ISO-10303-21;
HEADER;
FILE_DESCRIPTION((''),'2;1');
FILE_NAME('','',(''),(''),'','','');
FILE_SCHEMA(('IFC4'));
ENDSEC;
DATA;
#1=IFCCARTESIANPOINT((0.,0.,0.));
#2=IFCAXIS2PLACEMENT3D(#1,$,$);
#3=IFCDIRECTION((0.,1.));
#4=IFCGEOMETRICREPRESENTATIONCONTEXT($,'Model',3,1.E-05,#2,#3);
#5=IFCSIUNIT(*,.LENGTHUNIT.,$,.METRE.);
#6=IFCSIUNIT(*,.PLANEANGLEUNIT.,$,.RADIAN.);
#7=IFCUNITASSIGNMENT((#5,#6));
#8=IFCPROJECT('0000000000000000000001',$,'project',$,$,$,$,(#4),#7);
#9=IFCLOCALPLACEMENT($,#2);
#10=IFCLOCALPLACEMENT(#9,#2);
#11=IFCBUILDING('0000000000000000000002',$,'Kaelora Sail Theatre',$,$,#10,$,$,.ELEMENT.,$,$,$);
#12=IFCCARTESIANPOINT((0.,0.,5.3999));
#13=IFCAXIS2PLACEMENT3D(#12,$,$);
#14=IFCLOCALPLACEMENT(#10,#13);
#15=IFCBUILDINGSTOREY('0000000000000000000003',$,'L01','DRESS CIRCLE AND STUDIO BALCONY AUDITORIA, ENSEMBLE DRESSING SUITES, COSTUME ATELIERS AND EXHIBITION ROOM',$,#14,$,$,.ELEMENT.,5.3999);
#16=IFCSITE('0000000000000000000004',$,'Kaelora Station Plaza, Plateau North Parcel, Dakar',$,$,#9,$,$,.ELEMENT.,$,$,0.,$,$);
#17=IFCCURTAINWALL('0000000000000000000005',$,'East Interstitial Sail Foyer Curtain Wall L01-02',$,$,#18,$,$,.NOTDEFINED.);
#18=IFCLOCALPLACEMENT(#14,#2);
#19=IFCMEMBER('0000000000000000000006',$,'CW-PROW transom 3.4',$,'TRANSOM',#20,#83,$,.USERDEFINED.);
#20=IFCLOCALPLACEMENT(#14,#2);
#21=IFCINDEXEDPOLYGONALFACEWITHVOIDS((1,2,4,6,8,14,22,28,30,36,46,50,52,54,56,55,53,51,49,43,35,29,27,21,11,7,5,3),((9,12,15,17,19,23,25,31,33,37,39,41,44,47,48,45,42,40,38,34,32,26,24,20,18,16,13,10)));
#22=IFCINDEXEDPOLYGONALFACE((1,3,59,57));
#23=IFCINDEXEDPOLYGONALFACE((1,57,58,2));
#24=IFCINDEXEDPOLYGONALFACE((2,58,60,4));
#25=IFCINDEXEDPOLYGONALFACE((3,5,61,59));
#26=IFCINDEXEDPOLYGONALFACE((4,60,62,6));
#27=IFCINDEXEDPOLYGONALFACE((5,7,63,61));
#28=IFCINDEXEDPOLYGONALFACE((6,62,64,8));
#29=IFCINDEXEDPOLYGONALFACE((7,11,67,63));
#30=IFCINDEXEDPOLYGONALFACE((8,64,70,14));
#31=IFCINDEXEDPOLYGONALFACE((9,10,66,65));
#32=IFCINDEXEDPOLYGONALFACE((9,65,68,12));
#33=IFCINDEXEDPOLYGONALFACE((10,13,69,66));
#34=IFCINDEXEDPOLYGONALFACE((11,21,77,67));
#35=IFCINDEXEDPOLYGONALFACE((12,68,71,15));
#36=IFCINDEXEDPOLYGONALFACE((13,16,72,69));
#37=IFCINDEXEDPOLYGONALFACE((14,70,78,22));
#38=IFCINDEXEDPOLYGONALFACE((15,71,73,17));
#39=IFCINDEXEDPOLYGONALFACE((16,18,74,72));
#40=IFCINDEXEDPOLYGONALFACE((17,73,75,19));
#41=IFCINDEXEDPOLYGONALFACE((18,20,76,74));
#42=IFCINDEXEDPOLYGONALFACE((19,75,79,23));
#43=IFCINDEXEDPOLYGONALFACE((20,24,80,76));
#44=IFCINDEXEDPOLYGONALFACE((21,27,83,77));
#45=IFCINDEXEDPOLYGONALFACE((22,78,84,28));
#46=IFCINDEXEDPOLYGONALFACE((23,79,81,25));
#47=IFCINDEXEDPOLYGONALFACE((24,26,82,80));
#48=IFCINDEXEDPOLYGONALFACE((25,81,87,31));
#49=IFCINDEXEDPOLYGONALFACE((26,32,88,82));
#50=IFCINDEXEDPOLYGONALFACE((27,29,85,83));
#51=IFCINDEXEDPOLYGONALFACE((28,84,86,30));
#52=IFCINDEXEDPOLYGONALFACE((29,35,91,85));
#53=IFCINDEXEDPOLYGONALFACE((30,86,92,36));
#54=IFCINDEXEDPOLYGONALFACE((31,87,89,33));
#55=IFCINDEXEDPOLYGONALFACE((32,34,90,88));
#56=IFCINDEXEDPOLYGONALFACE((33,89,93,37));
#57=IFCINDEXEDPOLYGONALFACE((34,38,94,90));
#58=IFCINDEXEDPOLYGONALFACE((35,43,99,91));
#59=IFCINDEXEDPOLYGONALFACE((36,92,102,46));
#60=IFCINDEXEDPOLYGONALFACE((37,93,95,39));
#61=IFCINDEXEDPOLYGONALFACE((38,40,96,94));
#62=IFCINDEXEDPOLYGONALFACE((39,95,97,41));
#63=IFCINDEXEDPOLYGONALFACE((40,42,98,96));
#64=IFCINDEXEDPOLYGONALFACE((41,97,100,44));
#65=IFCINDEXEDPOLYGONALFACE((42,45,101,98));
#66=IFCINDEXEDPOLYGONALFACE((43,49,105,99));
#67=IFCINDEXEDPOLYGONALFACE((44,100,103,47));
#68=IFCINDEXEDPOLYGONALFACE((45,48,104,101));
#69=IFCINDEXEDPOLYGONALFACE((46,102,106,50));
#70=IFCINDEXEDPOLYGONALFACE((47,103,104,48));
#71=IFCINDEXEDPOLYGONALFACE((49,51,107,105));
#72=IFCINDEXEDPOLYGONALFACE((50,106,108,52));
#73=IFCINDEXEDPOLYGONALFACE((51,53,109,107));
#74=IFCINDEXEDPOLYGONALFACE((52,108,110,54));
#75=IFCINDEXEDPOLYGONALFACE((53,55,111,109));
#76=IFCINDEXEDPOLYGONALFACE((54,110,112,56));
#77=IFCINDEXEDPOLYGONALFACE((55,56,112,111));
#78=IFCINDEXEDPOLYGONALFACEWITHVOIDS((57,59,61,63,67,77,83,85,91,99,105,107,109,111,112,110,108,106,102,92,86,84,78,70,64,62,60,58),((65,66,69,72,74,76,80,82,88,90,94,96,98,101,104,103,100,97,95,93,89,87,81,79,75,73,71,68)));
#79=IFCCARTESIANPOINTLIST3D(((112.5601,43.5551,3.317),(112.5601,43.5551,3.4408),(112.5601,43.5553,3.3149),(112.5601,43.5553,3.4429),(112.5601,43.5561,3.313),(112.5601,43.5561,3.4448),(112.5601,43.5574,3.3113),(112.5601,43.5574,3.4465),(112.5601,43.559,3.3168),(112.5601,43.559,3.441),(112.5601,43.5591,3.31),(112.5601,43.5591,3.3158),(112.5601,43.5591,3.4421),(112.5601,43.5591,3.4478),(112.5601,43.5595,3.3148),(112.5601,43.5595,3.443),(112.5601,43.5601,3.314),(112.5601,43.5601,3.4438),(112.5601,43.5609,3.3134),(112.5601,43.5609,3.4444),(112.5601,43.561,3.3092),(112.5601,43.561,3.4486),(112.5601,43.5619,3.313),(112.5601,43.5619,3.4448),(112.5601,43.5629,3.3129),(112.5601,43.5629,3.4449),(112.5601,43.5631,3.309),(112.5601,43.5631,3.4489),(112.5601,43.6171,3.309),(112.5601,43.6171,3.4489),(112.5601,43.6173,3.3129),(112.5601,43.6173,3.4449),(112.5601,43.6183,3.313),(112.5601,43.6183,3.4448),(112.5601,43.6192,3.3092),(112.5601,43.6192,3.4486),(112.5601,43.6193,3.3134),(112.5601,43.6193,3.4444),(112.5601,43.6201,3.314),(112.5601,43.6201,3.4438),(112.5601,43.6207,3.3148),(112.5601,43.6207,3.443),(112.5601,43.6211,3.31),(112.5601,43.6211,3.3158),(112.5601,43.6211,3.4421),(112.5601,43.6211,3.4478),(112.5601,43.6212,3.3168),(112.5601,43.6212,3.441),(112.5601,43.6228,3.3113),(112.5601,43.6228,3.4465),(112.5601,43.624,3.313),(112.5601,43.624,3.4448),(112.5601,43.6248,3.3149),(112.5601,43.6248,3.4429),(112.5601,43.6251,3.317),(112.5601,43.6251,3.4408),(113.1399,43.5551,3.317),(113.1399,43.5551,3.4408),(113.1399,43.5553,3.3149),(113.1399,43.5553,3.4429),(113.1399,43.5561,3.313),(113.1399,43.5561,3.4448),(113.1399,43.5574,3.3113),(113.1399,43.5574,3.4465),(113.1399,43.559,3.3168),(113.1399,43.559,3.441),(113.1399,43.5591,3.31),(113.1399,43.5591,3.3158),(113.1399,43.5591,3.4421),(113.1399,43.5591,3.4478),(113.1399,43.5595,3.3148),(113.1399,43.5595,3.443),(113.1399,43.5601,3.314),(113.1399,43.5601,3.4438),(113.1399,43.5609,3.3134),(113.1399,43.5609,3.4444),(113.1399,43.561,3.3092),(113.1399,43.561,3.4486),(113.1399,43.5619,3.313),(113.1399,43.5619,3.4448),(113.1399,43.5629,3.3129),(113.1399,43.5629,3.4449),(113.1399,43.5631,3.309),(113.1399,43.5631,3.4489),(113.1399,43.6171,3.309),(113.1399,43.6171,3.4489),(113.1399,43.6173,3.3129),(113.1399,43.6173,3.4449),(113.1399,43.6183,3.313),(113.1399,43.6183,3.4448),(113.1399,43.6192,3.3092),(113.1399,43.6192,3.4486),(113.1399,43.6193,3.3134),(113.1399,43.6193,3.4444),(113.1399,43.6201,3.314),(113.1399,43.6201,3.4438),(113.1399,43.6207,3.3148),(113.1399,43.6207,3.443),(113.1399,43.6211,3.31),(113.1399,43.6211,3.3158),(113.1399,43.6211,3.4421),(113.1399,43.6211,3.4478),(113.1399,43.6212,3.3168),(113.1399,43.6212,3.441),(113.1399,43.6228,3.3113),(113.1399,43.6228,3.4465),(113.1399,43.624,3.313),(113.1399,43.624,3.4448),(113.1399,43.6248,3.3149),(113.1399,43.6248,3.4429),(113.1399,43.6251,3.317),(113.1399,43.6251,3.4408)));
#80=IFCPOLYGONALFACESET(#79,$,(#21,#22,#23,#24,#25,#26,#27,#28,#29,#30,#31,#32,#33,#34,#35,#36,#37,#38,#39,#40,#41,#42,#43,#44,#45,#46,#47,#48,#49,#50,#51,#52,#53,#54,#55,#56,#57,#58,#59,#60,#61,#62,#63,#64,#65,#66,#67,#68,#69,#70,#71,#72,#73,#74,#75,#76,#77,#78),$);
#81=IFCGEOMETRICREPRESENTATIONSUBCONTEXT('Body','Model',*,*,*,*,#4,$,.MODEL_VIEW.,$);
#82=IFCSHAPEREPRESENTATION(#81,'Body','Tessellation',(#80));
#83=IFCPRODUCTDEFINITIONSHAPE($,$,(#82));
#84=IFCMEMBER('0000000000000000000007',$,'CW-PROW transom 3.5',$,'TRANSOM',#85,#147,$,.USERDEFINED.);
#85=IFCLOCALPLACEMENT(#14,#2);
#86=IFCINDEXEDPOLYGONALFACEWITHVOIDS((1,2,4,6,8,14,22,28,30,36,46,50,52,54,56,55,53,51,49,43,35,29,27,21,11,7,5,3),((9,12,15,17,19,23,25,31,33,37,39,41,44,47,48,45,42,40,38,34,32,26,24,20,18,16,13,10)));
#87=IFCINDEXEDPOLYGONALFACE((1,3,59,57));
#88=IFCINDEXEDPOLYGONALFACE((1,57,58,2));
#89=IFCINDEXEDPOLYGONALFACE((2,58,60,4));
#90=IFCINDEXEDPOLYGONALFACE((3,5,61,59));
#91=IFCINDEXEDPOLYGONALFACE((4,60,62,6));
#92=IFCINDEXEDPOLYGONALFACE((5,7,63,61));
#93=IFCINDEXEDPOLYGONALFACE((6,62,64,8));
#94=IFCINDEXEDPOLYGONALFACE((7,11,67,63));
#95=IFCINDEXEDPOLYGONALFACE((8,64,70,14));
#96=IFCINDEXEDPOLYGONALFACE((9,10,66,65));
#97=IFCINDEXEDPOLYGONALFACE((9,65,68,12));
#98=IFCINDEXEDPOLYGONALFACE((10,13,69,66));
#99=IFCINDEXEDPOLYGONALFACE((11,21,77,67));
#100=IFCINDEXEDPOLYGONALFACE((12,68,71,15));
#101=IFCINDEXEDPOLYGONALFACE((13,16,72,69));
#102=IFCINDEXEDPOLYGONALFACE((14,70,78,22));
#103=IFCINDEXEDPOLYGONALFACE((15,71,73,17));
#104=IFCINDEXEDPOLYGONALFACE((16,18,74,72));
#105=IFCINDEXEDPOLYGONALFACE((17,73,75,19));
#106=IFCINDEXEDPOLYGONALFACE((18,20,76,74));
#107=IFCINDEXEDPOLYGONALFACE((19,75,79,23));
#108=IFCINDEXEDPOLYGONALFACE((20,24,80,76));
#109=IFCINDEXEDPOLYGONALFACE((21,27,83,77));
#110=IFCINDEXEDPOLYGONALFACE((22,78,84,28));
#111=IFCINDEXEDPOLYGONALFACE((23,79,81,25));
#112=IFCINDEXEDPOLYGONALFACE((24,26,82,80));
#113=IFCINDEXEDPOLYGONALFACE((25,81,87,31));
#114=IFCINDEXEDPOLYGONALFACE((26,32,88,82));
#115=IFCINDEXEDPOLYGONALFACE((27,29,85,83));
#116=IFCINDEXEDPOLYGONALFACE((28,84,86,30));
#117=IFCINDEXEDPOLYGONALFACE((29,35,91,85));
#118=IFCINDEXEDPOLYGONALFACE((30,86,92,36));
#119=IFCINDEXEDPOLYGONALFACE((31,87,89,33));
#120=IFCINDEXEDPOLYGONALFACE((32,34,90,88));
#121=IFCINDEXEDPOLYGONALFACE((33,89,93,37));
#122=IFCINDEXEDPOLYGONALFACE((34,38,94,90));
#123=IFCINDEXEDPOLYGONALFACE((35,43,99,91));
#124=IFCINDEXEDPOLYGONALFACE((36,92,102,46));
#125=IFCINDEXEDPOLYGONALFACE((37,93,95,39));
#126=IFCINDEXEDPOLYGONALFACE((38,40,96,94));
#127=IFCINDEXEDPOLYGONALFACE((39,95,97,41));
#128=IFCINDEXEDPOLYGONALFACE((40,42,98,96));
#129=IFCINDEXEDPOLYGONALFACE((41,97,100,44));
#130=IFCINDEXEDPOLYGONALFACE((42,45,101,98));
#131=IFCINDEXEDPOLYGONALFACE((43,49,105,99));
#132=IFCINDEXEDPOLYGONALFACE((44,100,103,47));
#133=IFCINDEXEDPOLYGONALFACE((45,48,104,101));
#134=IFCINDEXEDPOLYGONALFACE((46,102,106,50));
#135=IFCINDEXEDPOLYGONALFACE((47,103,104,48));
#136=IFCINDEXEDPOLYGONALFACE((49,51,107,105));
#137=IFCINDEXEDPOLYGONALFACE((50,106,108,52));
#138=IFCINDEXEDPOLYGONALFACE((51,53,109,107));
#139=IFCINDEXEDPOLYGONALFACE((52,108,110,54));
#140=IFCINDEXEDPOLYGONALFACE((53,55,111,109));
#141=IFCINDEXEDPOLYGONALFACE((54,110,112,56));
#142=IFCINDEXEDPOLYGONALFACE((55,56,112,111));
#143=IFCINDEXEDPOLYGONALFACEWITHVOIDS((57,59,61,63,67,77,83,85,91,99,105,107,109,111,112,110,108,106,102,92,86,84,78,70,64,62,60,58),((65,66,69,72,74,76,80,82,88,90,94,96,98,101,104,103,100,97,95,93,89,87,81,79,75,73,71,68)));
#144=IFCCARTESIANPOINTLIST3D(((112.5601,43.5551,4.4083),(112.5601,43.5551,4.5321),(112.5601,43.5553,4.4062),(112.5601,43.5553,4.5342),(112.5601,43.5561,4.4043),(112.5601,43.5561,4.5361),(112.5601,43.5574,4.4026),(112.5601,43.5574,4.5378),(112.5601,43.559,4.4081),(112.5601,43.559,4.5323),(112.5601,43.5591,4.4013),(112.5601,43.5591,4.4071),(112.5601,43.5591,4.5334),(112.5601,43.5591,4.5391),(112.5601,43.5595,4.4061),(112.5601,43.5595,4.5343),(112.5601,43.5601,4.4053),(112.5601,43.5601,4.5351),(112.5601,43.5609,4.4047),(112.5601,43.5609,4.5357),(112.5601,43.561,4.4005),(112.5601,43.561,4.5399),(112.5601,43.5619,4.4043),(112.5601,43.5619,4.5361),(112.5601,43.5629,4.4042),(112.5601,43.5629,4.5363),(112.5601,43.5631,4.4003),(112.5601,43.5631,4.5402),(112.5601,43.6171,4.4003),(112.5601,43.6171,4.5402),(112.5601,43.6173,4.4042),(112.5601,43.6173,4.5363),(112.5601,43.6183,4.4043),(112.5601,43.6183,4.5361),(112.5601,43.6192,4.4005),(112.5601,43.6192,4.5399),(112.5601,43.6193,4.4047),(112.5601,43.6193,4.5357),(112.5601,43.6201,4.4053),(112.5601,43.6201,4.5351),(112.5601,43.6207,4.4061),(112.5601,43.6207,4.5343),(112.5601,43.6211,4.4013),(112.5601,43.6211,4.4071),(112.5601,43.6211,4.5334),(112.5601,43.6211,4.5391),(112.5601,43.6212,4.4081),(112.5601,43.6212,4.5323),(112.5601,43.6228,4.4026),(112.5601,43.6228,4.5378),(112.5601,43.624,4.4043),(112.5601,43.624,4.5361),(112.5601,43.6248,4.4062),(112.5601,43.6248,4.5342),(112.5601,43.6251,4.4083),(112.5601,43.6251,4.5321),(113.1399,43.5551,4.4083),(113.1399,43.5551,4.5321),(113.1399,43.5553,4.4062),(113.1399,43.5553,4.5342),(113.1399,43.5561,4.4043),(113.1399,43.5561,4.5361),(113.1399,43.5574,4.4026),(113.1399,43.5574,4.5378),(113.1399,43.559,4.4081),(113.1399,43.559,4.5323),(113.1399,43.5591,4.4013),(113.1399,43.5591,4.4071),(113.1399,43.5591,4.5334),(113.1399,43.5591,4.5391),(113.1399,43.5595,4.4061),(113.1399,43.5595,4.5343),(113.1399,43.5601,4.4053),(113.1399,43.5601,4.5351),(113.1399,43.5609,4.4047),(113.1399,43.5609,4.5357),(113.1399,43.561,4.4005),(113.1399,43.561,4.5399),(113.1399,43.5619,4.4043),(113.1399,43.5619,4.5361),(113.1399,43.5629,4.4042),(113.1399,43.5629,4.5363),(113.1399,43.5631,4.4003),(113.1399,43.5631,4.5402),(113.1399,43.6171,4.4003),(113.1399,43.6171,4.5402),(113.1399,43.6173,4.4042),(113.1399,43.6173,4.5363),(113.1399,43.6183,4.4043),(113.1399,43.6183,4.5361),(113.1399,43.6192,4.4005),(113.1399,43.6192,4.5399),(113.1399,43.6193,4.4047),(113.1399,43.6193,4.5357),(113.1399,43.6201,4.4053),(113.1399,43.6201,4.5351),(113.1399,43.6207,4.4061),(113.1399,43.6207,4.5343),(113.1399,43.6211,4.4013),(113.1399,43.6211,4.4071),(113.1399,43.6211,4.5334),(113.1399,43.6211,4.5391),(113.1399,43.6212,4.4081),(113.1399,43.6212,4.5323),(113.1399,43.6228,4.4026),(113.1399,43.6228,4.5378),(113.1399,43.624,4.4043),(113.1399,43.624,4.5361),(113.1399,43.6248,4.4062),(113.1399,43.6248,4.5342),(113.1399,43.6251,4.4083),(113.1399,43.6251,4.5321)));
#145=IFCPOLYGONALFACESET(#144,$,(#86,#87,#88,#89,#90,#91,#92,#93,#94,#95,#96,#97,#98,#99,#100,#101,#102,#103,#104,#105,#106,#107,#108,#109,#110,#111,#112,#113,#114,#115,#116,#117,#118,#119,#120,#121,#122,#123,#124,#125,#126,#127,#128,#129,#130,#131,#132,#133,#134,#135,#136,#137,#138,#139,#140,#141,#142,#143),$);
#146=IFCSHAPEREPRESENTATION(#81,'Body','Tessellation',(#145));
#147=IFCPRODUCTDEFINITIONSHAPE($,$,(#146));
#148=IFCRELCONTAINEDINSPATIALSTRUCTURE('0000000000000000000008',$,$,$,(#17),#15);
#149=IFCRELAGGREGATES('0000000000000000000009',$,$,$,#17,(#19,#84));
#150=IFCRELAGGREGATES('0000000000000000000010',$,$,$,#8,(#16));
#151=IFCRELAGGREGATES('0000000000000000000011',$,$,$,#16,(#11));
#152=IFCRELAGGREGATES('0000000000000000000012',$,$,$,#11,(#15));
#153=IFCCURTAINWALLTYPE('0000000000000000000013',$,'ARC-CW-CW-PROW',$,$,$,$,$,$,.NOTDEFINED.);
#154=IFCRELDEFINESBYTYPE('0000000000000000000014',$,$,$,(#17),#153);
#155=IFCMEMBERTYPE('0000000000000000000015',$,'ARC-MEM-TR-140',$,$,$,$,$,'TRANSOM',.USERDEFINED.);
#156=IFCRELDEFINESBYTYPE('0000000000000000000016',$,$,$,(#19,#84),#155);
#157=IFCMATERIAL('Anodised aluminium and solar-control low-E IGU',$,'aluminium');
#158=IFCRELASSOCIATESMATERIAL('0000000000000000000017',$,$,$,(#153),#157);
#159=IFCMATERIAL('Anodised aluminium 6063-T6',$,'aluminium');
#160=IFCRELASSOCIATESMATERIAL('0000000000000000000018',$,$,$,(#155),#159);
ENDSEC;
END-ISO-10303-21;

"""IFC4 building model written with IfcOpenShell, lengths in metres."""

from ifc_helpers import new_model, si_unit, direction, frame, origin, origin_2d, place, context, subcontext, project, spatial, hollow_rectangle, extrude, material, material_profile, profile_set, type_object, element, aggregate, save


model = new_model("IFC4")

# Units and contexts
model_context = context("Model", 3, precision=1e-05, world=origin(), true_north=direction((0.0, 1.0)))
body_context = subcontext(model_context, "Body", "Model", "MODEL_VIEW")
ifc_project = project(units=[si_unit("LENGTHUNIT", "METRE"), si_unit("PLANEANGLEUNIT", "RADIAN")], contexts=[model_context])

# Site, building, storey
site_placement = place(None, origin())
site = spatial("IfcSite", under=ifc_project, at=site_placement, Name="Kaelora Station Plaza, Plateau North Parcel, Dakar", CompositionType="ELEMENT", RefElevation=0.0)
building_placement = place(site_placement, origin())
building = spatial("IfcBuilding", under=site, at=building_placement, Name="Kaelora Sail Theatre", CompositionType="ELEMENT")
storey_placement = place(building_placement, frame((0.0, 0.0, 5.3999)))
storey = spatial("IfcBuildingStorey", under=building, at=storey_placement, Name="L01", Description="DRESS CIRCLE AND STUDIO BALCONY AUDITORIA, ENSEMBLE DRESSING SUITES, COSTUME ATELIERS AND EXHIBITION ROOM", CompositionType="ELEMENT", Elevation=5.3999)

# Curtain wall, members
ifc_material_1 = material(Name="Anodised aluminium and solar-control low-E IGU", Category="aluminium")
curtain_wall_type = type_object("IfcCurtainWallType", Name="ARC-CW-CW-PROW", PredefinedType="NOTDEFINED", material=ifc_material_1)
curtain_wall_placement = place(storey_placement, origin())
curtain_wall = element("IfcCurtainWall", 1, at=curtain_wall_placement, inside=storey, type_object=curtain_wall_type, Name="East Interstitial Sail Foyer Curtain Wall L01-02", PredefinedType="NOTDEFINED")
ifc_material_2 = material(Name="Anodised aluminium 6063-T6", Category="aluminium")
ifc_material_profile_1 = material_profile(ifc_material_2, hollow_rectangle(XDim=0.0701, YDim=0.1399, WallThickness=0.0039, InnerFilletRadius=0.0039, OuterFilletRadius=0.0081, at=origin_2d()), Name="ALU-TRAN 70x140x4")
ifc_profile_set_1 = profile_set([ifc_material_profile_1], Name="Anodised aluminium 6063-T6")
member_type_1 = type_object("IfcMemberType", Name="ARC-MEM-TR-140", ElementType="TRANSOM", PredefinedType="USERDEFINED", material=ifc_profile_set_1)
member_1_placement = place(storey_placement, frame((112.5601, 43.5901, 3.3789), z_axis=(1.0, 0.0, 0.0), x_axis=(0.0, 1.0, 0.0)))
member_1 = element("IfcMember", 2, at=member_1_placement, type_object=member_type_1, Name="CW-PROW transom 3.4", ObjectType="TRANSOM", PredefinedType="USERDEFINED", context=body_context, shape_type="SweptSolid", body=[
    extrude(hollow_rectangle(XDim=0.0701, YDim=0.1399, WallThickness=0.0039, InnerFilletRadius=0.0039, OuterFilletRadius=0.0081, at=origin_2d()), origin(), (0.0, 0.0, 1.0), 0.5798),
])
member_2_placement = place(storey_placement, frame((112.5601, 43.5901, 4.4702), z_axis=(1.0, 0.0, 0.0), x_axis=(0.0, 1.0, 0.0)))
member_2 = element("IfcMember", 3, at=member_2_placement, type_object=member_type_1, Name="CW-PROW transom 3.5", ObjectType="TRANSOM", PredefinedType="USERDEFINED", context=body_context, shape_type="SweptSolid", body=[
    extrude(hollow_rectangle(XDim=0.0701, YDim=0.1399, WallThickness=0.0039, InnerFilletRadius=0.0039, OuterFilletRadius=0.0081, at=origin_2d()), origin(), (0.0, 0.0, 1.0), 0.5798),
])

aggregate(curtain_wall, [member_1, member_2])

save(model, "model.ifc")
